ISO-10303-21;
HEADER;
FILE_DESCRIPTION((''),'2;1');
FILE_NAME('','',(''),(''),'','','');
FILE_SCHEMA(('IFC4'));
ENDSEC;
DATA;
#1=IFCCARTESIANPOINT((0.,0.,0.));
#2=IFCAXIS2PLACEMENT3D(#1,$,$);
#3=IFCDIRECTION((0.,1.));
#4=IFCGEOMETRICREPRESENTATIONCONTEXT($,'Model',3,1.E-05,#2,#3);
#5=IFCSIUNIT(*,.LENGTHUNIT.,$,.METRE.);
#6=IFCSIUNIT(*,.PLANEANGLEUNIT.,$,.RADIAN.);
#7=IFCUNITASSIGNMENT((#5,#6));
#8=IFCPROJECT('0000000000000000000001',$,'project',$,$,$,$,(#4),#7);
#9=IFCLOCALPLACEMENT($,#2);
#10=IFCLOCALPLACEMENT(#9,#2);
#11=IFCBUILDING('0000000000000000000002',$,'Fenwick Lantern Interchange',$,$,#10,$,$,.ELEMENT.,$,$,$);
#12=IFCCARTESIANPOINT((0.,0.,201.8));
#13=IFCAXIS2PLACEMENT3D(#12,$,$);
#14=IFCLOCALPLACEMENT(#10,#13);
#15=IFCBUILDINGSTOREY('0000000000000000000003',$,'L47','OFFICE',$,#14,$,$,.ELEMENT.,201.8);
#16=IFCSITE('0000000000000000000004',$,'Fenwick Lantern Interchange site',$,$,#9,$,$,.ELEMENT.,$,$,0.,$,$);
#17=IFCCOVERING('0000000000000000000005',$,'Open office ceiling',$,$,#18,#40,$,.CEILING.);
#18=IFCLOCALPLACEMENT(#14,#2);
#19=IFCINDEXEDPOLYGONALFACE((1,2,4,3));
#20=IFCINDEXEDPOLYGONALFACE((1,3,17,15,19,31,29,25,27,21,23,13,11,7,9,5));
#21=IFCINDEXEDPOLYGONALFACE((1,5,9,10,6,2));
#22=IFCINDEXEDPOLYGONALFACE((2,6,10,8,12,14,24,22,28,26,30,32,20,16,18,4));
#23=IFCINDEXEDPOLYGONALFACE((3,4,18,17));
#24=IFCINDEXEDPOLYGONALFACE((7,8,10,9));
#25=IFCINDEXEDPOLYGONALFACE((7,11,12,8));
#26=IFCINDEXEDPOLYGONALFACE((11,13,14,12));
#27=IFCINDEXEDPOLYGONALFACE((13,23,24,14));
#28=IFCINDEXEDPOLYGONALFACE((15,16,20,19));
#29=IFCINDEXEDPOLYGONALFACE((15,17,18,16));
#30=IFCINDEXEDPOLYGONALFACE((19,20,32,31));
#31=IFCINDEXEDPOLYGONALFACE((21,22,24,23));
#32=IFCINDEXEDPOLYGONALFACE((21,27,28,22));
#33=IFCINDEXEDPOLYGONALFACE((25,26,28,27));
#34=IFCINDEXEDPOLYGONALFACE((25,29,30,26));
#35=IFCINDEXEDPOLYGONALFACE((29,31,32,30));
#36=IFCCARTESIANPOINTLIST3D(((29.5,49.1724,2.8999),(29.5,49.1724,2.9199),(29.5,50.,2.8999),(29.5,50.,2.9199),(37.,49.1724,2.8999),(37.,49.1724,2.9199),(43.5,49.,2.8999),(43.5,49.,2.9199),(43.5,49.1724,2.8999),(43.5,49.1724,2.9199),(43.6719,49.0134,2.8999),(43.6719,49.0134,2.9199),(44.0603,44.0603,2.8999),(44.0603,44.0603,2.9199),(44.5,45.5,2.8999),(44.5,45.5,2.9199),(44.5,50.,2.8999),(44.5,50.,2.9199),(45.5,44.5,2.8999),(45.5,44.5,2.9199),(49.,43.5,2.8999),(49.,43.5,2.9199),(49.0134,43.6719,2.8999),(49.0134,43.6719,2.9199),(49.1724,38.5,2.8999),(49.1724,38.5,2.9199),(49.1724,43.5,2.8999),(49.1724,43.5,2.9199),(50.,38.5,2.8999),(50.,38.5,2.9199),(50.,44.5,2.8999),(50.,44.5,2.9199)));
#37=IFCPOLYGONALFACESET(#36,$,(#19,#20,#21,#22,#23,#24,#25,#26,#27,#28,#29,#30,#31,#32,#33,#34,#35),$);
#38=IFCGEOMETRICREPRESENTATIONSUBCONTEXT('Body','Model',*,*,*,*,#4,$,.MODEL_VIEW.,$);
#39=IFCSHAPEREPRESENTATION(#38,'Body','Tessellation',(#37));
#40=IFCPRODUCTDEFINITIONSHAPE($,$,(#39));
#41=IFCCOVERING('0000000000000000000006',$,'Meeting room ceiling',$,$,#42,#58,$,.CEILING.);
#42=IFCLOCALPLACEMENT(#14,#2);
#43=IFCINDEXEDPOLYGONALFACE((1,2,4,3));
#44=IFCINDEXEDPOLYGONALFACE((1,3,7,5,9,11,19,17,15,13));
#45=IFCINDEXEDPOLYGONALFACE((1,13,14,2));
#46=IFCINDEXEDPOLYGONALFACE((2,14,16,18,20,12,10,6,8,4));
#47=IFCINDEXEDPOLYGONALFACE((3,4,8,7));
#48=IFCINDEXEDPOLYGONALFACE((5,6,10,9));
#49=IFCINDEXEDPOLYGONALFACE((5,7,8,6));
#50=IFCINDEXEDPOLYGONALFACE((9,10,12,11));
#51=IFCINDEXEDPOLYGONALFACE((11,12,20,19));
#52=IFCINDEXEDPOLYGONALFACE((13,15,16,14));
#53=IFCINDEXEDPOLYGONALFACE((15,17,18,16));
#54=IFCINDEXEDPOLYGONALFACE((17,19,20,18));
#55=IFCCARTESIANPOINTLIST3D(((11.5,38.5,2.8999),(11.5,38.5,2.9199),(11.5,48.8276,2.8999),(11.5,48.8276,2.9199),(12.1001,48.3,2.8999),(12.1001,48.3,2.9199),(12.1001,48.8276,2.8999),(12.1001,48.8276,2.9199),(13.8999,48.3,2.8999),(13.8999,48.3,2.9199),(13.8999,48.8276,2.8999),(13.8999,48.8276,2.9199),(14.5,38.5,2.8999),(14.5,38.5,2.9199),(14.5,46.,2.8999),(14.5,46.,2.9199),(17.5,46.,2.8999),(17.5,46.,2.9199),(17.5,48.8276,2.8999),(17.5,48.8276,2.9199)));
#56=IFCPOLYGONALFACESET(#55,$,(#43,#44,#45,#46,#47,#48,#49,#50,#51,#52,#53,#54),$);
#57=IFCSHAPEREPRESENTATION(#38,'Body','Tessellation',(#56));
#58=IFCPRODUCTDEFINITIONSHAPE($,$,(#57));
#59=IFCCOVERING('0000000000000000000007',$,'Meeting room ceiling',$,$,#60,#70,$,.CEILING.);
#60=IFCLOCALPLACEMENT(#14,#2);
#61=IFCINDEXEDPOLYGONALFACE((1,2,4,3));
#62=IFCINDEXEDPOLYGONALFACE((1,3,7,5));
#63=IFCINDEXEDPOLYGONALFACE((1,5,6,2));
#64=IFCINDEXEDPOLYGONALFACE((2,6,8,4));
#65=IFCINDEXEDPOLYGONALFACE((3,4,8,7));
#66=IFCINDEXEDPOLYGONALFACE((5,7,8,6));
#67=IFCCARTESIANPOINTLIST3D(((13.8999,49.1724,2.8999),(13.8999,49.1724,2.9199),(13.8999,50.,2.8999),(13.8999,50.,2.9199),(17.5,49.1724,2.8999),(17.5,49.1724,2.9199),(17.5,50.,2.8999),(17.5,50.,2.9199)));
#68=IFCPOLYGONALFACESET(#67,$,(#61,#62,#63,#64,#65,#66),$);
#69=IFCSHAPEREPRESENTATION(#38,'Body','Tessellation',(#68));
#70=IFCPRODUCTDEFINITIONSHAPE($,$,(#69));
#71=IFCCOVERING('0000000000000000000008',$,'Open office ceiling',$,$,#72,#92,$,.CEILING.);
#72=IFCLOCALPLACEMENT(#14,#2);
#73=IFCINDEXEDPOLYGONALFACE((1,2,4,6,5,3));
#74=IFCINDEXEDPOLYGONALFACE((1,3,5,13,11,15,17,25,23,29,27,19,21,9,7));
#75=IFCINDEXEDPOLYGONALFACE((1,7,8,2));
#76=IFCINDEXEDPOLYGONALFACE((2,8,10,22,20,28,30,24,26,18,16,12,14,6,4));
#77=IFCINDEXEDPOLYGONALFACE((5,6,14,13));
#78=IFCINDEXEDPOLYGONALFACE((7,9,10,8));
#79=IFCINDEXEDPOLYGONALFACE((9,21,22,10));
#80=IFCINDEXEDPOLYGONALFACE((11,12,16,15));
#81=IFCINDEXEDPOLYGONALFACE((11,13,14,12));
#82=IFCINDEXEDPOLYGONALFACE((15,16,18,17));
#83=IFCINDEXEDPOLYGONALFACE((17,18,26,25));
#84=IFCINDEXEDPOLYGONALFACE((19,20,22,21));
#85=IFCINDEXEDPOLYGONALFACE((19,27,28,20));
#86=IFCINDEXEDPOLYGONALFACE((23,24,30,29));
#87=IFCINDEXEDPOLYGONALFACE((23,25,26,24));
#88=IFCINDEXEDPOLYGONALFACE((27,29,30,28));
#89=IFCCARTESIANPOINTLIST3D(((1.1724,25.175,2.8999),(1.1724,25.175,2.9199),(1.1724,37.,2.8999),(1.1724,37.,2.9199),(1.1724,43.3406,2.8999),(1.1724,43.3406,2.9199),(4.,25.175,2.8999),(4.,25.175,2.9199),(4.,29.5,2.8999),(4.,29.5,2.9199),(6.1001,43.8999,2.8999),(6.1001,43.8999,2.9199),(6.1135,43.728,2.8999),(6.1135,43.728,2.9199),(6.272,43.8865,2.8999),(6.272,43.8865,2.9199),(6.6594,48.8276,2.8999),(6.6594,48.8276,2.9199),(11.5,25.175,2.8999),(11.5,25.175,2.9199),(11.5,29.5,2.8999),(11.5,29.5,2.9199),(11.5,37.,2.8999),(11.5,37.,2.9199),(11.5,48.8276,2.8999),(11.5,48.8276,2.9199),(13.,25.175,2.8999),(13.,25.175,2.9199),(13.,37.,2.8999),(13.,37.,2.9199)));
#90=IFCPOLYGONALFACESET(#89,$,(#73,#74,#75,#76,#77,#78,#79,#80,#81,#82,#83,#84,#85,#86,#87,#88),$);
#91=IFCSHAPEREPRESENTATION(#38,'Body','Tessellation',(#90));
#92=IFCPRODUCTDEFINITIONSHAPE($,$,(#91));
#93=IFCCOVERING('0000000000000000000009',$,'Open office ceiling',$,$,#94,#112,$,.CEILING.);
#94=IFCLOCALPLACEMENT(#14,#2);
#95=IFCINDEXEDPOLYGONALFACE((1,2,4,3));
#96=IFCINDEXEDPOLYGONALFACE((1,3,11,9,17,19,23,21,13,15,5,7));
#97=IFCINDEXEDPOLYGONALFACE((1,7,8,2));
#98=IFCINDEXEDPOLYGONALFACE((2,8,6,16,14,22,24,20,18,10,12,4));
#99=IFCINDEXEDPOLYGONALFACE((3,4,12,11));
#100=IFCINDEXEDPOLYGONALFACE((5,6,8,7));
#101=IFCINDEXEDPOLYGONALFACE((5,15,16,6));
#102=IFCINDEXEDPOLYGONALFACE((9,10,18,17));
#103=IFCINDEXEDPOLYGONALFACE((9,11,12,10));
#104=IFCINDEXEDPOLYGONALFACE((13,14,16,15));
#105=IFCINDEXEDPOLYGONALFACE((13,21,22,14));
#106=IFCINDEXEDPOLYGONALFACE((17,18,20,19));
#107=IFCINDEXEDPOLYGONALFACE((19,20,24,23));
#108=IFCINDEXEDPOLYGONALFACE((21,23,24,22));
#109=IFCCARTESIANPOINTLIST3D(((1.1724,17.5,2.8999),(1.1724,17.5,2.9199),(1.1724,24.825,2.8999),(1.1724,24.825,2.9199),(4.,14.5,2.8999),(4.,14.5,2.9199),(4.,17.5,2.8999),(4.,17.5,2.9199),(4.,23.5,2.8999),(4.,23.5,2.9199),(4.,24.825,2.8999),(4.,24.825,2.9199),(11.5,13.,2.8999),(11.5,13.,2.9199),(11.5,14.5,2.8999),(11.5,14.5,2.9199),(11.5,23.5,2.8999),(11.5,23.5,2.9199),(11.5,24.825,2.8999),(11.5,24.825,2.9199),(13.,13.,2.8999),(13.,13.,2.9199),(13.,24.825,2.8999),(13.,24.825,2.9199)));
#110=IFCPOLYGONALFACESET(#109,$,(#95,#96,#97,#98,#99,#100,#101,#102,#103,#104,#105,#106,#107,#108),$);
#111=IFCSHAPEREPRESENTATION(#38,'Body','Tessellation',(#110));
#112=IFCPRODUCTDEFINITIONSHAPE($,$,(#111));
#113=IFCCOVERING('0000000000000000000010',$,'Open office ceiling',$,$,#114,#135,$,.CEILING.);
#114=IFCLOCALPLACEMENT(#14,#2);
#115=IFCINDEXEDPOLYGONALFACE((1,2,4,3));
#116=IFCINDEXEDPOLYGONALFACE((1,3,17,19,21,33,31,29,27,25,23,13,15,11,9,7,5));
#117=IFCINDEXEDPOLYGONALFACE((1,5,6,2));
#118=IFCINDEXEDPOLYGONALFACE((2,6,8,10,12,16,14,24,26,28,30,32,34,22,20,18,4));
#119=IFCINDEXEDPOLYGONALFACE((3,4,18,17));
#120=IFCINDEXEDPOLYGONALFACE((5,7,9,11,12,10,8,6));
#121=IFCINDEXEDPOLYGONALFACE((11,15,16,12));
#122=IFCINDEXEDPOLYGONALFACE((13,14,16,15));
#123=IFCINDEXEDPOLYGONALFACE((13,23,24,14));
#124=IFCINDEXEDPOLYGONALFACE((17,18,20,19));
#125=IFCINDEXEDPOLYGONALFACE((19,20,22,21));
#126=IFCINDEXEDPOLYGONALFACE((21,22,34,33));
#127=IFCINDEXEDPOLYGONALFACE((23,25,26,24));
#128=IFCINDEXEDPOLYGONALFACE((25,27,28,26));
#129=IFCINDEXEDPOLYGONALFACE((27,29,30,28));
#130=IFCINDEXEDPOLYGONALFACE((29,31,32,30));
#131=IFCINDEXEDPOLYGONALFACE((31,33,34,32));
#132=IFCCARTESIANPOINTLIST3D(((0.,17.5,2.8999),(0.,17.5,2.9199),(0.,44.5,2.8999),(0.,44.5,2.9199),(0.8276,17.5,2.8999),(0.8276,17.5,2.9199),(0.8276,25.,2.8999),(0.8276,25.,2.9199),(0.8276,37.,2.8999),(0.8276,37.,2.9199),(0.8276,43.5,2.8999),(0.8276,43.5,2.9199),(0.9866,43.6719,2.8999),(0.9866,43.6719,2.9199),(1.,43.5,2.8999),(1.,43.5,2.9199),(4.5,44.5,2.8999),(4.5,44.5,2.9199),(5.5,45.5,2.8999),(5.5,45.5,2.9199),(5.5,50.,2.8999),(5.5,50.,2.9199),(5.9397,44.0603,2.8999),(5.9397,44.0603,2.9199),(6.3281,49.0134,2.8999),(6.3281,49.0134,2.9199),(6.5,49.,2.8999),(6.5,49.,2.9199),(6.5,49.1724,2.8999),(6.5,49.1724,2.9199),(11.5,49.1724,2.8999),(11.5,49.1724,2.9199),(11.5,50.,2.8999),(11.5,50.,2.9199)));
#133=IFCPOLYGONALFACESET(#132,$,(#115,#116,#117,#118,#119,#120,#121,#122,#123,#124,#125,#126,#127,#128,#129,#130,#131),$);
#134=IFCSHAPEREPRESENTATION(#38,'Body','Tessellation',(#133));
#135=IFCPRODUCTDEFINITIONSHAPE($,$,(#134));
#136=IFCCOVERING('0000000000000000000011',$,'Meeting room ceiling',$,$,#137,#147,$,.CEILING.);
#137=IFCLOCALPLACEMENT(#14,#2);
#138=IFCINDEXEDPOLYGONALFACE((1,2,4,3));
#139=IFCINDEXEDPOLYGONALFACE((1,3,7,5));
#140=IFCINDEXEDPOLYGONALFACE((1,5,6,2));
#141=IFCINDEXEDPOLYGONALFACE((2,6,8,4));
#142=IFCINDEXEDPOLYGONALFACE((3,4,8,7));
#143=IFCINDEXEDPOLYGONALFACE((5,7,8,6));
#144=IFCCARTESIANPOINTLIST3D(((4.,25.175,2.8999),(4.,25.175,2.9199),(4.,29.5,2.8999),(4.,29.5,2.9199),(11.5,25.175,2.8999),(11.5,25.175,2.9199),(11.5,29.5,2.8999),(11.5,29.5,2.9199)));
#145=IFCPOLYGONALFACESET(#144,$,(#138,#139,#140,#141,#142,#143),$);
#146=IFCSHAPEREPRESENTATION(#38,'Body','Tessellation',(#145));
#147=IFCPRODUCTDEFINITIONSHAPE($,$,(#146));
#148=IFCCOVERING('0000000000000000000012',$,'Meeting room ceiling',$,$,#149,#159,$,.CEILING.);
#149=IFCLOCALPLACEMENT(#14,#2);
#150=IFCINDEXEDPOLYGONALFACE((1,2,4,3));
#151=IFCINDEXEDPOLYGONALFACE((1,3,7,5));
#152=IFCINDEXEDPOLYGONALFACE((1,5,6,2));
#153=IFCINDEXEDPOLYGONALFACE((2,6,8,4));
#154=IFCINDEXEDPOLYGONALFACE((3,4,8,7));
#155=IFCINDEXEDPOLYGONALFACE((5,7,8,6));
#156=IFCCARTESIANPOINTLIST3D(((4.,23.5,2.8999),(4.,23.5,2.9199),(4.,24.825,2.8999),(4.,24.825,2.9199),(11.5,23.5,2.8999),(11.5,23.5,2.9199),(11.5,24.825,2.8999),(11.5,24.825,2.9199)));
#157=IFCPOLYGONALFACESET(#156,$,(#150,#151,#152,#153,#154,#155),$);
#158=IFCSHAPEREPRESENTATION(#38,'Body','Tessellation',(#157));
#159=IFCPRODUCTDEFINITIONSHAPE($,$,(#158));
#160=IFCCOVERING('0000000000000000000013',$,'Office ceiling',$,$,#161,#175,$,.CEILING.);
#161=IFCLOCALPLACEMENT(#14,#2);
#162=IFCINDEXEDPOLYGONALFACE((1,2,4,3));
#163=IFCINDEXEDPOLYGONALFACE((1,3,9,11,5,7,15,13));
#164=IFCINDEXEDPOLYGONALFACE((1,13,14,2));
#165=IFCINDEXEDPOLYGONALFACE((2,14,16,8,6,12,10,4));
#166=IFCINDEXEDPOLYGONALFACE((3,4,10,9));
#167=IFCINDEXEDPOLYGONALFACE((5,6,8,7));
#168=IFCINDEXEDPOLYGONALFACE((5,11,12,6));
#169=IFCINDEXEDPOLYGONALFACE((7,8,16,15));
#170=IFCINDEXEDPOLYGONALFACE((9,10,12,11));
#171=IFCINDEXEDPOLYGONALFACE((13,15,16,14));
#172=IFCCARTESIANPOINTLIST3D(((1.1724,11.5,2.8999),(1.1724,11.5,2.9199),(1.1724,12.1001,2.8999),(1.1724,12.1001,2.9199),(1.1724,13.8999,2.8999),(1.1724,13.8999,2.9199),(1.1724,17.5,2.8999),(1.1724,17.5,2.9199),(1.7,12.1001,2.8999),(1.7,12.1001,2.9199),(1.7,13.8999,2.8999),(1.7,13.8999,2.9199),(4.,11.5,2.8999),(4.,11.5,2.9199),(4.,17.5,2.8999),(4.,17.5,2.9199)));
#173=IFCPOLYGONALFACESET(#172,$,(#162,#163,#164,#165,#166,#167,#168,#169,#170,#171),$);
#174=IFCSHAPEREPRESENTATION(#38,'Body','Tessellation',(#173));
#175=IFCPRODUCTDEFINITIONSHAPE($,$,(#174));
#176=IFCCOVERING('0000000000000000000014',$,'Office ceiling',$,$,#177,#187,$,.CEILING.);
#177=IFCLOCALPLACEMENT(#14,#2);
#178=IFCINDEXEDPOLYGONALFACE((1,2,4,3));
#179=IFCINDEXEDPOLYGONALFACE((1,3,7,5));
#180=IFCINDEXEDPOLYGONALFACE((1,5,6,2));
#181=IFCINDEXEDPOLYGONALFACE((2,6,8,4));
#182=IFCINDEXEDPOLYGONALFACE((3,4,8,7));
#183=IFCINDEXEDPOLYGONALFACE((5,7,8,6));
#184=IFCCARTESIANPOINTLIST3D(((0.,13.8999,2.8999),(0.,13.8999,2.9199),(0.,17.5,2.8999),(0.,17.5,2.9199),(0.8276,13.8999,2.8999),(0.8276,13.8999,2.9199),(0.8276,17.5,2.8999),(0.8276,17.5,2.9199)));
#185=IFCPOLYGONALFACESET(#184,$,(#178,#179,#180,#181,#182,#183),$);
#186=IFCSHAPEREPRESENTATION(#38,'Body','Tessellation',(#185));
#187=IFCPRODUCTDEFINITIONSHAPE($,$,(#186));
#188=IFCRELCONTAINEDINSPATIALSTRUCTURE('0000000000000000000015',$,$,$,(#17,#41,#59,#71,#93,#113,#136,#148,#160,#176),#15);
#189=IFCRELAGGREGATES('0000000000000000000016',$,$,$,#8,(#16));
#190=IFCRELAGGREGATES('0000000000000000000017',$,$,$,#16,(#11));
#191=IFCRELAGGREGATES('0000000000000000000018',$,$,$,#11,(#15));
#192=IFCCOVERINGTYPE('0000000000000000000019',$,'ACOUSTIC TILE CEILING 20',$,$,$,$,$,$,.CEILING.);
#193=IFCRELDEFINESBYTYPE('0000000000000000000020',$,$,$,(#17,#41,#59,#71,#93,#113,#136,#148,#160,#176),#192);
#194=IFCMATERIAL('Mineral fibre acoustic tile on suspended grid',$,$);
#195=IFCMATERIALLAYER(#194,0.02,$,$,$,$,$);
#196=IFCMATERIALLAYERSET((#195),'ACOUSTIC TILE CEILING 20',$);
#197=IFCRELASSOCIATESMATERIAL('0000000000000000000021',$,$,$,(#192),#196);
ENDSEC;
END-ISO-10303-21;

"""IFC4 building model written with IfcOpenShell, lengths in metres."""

from ifc_helpers import new_model, si_unit, direction, frame, origin, place, context, subcontext, project, spatial, polyline, outline, extrude, material, layer, layer_set, type_object, element, save


model = new_model("IFC4")

# Units and contexts
model_context = context("Model", 3, precision=1e-05, world=origin(), true_north=direction((0.0, 1.0)))
body_context = subcontext(model_context, "Body", "Model", "MODEL_VIEW")
ifc_project = project(units=[si_unit("LENGTHUNIT", "METRE"), si_unit("PLANEANGLEUNIT", "RADIAN")], contexts=[model_context])

# Site, building, storey
site_placement = place(None, origin())
site = spatial("IfcSite", under=ifc_project, at=site_placement, Name="Fenwick Lantern Interchange site", CompositionType="ELEMENT", RefElevation=0.0)
building_placement = place(site_placement, origin())
building = spatial("IfcBuilding", under=site, at=building_placement, Name="Fenwick Lantern Interchange", CompositionType="ELEMENT")
storey_placement = place(building_placement, frame((0.0, 0.0, 201.8)))
storey = spatial("IfcBuildingStorey", under=building, at=storey_placement, Name="L47", Description="OFFICE", CompositionType="ELEMENT", Elevation=201.8)

# Coverings
ifc_material_1 = material(Name="Mineral fibre acoustic tile on suspended grid")
ifc_layer_1 = layer(ifc_material_1, 0.02)
ifc_layer_set_1 = layer_set([ifc_layer_1], Name="ACOUSTIC TILE CEILING 20")
covering_type_1 = type_object("IfcCoveringType", Name="ACOUSTIC TILE CEILING 20", PredefinedType="CEILING", material=ifc_layer_set_1)
covering_1_placement = place(storey_placement, frame((0.0, 0.0, 2.8999)))
element("IfcCovering", 1, at=covering_1_placement, inside=storey, type_object=covering_type_1, Name="Open office ceiling", PredefinedType="CEILING", context=body_context, shape_type="SweptSolid", body=[
    extrude(outline(polyline([(44.5, 50.0), (29.5, 50.0), (29.5, 49.1724), (37.0, 49.1724), (43.5, 49.1724), (43.5, 49.0), (43.6719, 49.0134), (44.0603, 44.0603), (49.0134, 43.6719), (49.0, 43.5), (49.1724, 43.5), (49.1724, 38.5), (50.0, 38.5), (50.0, 44.5), (45.5, 44.5), (44.5, 45.5), (44.5, 50.0)])), origin(), (0.0, 0.0, 1.0), 0.02),
])
covering_2_placement = place(storey_placement, frame((0.0, 0.0, 2.8999)))
element("IfcCovering", 2, at=covering_2_placement, inside=storey, type_object=covering_type_1, Name="Meeting room ceiling", PredefinedType="CEILING", context=body_context, shape_type="SweptSolid", body=[
    extrude(outline(polyline([(12.1001, 48.3), (12.1001, 48.8276), (11.5, 48.8276), (11.5, 38.5), (14.5, 38.5), (14.5, 46.0), (17.5, 46.0), (17.5, 48.8276), (13.8999, 48.8276), (13.8999, 48.3), (12.1001, 48.3)])), origin(), (0.0, 0.0, 1.0), 0.02),
])
covering_3_placement = place(storey_placement, frame((0.0, 0.0, 2.8999)))
element("IfcCovering", 3, at=covering_3_placement, inside=storey, type_object=covering_type_1, Name="Meeting room ceiling", PredefinedType="CEILING", context=body_context, shape_type="SweptSolid", body=[
    extrude(outline(polyline([(13.8999, 50.0), (13.8999, 49.1724), (17.5, 49.1724), (17.5, 50.0), (13.8999, 50.0)])), origin(), (0.0, 0.0, 1.0), 0.02),
])
covering_4_placement = place(storey_placement, frame((0.0, 0.0, 2.8999)))
element("IfcCovering", 4, at=covering_4_placement, inside=storey, type_object=covering_type_1, Name="Open office ceiling", PredefinedType="CEILING", context=body_context, shape_type="SweptSolid", body=[
    extrude(outline(polyline([(11.5, 37.0), (11.5, 48.8276), (6.6594, 48.8276), (6.272, 43.8865), (6.1001, 43.8999), (6.1135, 43.728), (1.1724, 43.3406), (1.1724, 37.0), (1.1724, 25.175), (4.0, 25.175), (4.0, 29.5), (11.5, 29.5), (11.5, 25.175), (13.0, 25.175), (13.0, 37.0), (11.5, 37.0)])), origin(), (0.0, 0.0, 1.0), 0.02),
])
covering_5_placement = place(storey_placement, frame((0.0, 0.0, 2.8999)))
element("IfcCovering", 5, at=covering_5_placement, inside=storey, type_object=covering_type_1, Name="Open office ceiling", PredefinedType="CEILING", context=body_context, shape_type="SweptSolid", body=[
    extrude(outline(polyline([(4.0, 17.5), (4.0, 14.5), (11.5, 14.5), (11.5, 13.0), (13.0, 13.0), (13.0, 24.825), (11.5, 24.825), (11.5, 23.5), (4.0, 23.5), (4.0, 24.825), (1.1724, 24.825), (1.1724, 17.5), (4.0, 17.5)])), origin(), (0.0, 0.0, 1.0), 0.02),
])
covering_6_placement = place(storey_placement, frame((0.0, 0.0, 2.8999)))
element("IfcCovering", 6, at=covering_6_placement, inside=storey, type_object=covering_type_1, Name="Open office ceiling", PredefinedType="CEILING", context=body_context, shape_type="SweptSolid", body=[
    extrude(outline(polyline([(0.0, 17.5), (0.8276, 17.5), (0.8276, 25.0), (0.8276, 37.0), (0.8276, 43.5), (1.0, 43.5), (0.9866, 43.6719), (5.9397, 44.0603), (6.3281, 49.0134), (6.5, 49.0), (6.5, 49.1724), (11.5, 49.1724), (11.5, 50.0), (5.5, 50.0), (5.5, 45.5), (4.5, 44.5), (0.0, 44.5), (0.0, 17.5)])), origin(), (0.0, 0.0, 1.0), 0.02),
])
covering_7_placement = place(storey_placement, frame((0.0, 0.0, 2.8999)))
element("IfcCovering", 7, at=covering_7_placement, inside=storey, type_object=covering_type_1, Name="Meeting room ceiling", PredefinedType="CEILING", context=body_context, shape_type="SweptSolid", body=[
    extrude(outline(polyline([(11.5, 29.5), (4.0, 29.5), (4.0, 25.175), (11.5, 25.175), (11.5, 29.5)])), origin(), (0.0, 0.0, 1.0), 0.02),
])
covering_8_placement = place(storey_placement, frame((0.0, 0.0, 2.8999)))
element("IfcCovering", 8, at=covering_8_placement, inside=storey, type_object=covering_type_1, Name="Meeting room ceiling", PredefinedType="CEILING", context=body_context, shape_type="SweptSolid", body=[
    extrude(outline(polyline([(11.5, 23.5), (11.5, 24.825), (4.0, 24.825), (4.0, 23.5), (11.5, 23.5)])), origin(), (0.0, 0.0, 1.0), 0.02),
])
covering_9_placement = place(storey_placement, frame((0.0, 0.0, 2.8999)))
element("IfcCovering", 9, at=covering_9_placement, inside=storey, type_object=covering_type_1, Name="Office ceiling", PredefinedType="CEILING", context=body_context, shape_type="SweptSolid", body=[
    extrude(outline(polyline([(4.0, 17.5), (1.1724, 17.5), (1.1724, 13.8999), (1.7, 13.8999), (1.7, 12.1001), (1.1724, 12.1001), (1.1724, 11.5), (4.0, 11.5), (4.0, 17.5)])), origin(), (0.0, 0.0, 1.0), 0.02),
])
covering_10_placement = place(storey_placement, frame((0.0, 0.0, 2.8999)))
element("IfcCovering", 10, at=covering_10_placement, inside=storey, type_object=covering_type_1, Name="Office ceiling", PredefinedType="CEILING", context=body_context, shape_type="SweptSolid", body=[
    extrude(outline(polyline([(0.8276, 17.5), (0.0, 17.5), (0.0, 13.8999), (0.8276, 13.8999), (0.8276, 17.5)])), origin(), (0.0, 0.0, 1.0), 0.02),
])

save(model, "model.ifc")
